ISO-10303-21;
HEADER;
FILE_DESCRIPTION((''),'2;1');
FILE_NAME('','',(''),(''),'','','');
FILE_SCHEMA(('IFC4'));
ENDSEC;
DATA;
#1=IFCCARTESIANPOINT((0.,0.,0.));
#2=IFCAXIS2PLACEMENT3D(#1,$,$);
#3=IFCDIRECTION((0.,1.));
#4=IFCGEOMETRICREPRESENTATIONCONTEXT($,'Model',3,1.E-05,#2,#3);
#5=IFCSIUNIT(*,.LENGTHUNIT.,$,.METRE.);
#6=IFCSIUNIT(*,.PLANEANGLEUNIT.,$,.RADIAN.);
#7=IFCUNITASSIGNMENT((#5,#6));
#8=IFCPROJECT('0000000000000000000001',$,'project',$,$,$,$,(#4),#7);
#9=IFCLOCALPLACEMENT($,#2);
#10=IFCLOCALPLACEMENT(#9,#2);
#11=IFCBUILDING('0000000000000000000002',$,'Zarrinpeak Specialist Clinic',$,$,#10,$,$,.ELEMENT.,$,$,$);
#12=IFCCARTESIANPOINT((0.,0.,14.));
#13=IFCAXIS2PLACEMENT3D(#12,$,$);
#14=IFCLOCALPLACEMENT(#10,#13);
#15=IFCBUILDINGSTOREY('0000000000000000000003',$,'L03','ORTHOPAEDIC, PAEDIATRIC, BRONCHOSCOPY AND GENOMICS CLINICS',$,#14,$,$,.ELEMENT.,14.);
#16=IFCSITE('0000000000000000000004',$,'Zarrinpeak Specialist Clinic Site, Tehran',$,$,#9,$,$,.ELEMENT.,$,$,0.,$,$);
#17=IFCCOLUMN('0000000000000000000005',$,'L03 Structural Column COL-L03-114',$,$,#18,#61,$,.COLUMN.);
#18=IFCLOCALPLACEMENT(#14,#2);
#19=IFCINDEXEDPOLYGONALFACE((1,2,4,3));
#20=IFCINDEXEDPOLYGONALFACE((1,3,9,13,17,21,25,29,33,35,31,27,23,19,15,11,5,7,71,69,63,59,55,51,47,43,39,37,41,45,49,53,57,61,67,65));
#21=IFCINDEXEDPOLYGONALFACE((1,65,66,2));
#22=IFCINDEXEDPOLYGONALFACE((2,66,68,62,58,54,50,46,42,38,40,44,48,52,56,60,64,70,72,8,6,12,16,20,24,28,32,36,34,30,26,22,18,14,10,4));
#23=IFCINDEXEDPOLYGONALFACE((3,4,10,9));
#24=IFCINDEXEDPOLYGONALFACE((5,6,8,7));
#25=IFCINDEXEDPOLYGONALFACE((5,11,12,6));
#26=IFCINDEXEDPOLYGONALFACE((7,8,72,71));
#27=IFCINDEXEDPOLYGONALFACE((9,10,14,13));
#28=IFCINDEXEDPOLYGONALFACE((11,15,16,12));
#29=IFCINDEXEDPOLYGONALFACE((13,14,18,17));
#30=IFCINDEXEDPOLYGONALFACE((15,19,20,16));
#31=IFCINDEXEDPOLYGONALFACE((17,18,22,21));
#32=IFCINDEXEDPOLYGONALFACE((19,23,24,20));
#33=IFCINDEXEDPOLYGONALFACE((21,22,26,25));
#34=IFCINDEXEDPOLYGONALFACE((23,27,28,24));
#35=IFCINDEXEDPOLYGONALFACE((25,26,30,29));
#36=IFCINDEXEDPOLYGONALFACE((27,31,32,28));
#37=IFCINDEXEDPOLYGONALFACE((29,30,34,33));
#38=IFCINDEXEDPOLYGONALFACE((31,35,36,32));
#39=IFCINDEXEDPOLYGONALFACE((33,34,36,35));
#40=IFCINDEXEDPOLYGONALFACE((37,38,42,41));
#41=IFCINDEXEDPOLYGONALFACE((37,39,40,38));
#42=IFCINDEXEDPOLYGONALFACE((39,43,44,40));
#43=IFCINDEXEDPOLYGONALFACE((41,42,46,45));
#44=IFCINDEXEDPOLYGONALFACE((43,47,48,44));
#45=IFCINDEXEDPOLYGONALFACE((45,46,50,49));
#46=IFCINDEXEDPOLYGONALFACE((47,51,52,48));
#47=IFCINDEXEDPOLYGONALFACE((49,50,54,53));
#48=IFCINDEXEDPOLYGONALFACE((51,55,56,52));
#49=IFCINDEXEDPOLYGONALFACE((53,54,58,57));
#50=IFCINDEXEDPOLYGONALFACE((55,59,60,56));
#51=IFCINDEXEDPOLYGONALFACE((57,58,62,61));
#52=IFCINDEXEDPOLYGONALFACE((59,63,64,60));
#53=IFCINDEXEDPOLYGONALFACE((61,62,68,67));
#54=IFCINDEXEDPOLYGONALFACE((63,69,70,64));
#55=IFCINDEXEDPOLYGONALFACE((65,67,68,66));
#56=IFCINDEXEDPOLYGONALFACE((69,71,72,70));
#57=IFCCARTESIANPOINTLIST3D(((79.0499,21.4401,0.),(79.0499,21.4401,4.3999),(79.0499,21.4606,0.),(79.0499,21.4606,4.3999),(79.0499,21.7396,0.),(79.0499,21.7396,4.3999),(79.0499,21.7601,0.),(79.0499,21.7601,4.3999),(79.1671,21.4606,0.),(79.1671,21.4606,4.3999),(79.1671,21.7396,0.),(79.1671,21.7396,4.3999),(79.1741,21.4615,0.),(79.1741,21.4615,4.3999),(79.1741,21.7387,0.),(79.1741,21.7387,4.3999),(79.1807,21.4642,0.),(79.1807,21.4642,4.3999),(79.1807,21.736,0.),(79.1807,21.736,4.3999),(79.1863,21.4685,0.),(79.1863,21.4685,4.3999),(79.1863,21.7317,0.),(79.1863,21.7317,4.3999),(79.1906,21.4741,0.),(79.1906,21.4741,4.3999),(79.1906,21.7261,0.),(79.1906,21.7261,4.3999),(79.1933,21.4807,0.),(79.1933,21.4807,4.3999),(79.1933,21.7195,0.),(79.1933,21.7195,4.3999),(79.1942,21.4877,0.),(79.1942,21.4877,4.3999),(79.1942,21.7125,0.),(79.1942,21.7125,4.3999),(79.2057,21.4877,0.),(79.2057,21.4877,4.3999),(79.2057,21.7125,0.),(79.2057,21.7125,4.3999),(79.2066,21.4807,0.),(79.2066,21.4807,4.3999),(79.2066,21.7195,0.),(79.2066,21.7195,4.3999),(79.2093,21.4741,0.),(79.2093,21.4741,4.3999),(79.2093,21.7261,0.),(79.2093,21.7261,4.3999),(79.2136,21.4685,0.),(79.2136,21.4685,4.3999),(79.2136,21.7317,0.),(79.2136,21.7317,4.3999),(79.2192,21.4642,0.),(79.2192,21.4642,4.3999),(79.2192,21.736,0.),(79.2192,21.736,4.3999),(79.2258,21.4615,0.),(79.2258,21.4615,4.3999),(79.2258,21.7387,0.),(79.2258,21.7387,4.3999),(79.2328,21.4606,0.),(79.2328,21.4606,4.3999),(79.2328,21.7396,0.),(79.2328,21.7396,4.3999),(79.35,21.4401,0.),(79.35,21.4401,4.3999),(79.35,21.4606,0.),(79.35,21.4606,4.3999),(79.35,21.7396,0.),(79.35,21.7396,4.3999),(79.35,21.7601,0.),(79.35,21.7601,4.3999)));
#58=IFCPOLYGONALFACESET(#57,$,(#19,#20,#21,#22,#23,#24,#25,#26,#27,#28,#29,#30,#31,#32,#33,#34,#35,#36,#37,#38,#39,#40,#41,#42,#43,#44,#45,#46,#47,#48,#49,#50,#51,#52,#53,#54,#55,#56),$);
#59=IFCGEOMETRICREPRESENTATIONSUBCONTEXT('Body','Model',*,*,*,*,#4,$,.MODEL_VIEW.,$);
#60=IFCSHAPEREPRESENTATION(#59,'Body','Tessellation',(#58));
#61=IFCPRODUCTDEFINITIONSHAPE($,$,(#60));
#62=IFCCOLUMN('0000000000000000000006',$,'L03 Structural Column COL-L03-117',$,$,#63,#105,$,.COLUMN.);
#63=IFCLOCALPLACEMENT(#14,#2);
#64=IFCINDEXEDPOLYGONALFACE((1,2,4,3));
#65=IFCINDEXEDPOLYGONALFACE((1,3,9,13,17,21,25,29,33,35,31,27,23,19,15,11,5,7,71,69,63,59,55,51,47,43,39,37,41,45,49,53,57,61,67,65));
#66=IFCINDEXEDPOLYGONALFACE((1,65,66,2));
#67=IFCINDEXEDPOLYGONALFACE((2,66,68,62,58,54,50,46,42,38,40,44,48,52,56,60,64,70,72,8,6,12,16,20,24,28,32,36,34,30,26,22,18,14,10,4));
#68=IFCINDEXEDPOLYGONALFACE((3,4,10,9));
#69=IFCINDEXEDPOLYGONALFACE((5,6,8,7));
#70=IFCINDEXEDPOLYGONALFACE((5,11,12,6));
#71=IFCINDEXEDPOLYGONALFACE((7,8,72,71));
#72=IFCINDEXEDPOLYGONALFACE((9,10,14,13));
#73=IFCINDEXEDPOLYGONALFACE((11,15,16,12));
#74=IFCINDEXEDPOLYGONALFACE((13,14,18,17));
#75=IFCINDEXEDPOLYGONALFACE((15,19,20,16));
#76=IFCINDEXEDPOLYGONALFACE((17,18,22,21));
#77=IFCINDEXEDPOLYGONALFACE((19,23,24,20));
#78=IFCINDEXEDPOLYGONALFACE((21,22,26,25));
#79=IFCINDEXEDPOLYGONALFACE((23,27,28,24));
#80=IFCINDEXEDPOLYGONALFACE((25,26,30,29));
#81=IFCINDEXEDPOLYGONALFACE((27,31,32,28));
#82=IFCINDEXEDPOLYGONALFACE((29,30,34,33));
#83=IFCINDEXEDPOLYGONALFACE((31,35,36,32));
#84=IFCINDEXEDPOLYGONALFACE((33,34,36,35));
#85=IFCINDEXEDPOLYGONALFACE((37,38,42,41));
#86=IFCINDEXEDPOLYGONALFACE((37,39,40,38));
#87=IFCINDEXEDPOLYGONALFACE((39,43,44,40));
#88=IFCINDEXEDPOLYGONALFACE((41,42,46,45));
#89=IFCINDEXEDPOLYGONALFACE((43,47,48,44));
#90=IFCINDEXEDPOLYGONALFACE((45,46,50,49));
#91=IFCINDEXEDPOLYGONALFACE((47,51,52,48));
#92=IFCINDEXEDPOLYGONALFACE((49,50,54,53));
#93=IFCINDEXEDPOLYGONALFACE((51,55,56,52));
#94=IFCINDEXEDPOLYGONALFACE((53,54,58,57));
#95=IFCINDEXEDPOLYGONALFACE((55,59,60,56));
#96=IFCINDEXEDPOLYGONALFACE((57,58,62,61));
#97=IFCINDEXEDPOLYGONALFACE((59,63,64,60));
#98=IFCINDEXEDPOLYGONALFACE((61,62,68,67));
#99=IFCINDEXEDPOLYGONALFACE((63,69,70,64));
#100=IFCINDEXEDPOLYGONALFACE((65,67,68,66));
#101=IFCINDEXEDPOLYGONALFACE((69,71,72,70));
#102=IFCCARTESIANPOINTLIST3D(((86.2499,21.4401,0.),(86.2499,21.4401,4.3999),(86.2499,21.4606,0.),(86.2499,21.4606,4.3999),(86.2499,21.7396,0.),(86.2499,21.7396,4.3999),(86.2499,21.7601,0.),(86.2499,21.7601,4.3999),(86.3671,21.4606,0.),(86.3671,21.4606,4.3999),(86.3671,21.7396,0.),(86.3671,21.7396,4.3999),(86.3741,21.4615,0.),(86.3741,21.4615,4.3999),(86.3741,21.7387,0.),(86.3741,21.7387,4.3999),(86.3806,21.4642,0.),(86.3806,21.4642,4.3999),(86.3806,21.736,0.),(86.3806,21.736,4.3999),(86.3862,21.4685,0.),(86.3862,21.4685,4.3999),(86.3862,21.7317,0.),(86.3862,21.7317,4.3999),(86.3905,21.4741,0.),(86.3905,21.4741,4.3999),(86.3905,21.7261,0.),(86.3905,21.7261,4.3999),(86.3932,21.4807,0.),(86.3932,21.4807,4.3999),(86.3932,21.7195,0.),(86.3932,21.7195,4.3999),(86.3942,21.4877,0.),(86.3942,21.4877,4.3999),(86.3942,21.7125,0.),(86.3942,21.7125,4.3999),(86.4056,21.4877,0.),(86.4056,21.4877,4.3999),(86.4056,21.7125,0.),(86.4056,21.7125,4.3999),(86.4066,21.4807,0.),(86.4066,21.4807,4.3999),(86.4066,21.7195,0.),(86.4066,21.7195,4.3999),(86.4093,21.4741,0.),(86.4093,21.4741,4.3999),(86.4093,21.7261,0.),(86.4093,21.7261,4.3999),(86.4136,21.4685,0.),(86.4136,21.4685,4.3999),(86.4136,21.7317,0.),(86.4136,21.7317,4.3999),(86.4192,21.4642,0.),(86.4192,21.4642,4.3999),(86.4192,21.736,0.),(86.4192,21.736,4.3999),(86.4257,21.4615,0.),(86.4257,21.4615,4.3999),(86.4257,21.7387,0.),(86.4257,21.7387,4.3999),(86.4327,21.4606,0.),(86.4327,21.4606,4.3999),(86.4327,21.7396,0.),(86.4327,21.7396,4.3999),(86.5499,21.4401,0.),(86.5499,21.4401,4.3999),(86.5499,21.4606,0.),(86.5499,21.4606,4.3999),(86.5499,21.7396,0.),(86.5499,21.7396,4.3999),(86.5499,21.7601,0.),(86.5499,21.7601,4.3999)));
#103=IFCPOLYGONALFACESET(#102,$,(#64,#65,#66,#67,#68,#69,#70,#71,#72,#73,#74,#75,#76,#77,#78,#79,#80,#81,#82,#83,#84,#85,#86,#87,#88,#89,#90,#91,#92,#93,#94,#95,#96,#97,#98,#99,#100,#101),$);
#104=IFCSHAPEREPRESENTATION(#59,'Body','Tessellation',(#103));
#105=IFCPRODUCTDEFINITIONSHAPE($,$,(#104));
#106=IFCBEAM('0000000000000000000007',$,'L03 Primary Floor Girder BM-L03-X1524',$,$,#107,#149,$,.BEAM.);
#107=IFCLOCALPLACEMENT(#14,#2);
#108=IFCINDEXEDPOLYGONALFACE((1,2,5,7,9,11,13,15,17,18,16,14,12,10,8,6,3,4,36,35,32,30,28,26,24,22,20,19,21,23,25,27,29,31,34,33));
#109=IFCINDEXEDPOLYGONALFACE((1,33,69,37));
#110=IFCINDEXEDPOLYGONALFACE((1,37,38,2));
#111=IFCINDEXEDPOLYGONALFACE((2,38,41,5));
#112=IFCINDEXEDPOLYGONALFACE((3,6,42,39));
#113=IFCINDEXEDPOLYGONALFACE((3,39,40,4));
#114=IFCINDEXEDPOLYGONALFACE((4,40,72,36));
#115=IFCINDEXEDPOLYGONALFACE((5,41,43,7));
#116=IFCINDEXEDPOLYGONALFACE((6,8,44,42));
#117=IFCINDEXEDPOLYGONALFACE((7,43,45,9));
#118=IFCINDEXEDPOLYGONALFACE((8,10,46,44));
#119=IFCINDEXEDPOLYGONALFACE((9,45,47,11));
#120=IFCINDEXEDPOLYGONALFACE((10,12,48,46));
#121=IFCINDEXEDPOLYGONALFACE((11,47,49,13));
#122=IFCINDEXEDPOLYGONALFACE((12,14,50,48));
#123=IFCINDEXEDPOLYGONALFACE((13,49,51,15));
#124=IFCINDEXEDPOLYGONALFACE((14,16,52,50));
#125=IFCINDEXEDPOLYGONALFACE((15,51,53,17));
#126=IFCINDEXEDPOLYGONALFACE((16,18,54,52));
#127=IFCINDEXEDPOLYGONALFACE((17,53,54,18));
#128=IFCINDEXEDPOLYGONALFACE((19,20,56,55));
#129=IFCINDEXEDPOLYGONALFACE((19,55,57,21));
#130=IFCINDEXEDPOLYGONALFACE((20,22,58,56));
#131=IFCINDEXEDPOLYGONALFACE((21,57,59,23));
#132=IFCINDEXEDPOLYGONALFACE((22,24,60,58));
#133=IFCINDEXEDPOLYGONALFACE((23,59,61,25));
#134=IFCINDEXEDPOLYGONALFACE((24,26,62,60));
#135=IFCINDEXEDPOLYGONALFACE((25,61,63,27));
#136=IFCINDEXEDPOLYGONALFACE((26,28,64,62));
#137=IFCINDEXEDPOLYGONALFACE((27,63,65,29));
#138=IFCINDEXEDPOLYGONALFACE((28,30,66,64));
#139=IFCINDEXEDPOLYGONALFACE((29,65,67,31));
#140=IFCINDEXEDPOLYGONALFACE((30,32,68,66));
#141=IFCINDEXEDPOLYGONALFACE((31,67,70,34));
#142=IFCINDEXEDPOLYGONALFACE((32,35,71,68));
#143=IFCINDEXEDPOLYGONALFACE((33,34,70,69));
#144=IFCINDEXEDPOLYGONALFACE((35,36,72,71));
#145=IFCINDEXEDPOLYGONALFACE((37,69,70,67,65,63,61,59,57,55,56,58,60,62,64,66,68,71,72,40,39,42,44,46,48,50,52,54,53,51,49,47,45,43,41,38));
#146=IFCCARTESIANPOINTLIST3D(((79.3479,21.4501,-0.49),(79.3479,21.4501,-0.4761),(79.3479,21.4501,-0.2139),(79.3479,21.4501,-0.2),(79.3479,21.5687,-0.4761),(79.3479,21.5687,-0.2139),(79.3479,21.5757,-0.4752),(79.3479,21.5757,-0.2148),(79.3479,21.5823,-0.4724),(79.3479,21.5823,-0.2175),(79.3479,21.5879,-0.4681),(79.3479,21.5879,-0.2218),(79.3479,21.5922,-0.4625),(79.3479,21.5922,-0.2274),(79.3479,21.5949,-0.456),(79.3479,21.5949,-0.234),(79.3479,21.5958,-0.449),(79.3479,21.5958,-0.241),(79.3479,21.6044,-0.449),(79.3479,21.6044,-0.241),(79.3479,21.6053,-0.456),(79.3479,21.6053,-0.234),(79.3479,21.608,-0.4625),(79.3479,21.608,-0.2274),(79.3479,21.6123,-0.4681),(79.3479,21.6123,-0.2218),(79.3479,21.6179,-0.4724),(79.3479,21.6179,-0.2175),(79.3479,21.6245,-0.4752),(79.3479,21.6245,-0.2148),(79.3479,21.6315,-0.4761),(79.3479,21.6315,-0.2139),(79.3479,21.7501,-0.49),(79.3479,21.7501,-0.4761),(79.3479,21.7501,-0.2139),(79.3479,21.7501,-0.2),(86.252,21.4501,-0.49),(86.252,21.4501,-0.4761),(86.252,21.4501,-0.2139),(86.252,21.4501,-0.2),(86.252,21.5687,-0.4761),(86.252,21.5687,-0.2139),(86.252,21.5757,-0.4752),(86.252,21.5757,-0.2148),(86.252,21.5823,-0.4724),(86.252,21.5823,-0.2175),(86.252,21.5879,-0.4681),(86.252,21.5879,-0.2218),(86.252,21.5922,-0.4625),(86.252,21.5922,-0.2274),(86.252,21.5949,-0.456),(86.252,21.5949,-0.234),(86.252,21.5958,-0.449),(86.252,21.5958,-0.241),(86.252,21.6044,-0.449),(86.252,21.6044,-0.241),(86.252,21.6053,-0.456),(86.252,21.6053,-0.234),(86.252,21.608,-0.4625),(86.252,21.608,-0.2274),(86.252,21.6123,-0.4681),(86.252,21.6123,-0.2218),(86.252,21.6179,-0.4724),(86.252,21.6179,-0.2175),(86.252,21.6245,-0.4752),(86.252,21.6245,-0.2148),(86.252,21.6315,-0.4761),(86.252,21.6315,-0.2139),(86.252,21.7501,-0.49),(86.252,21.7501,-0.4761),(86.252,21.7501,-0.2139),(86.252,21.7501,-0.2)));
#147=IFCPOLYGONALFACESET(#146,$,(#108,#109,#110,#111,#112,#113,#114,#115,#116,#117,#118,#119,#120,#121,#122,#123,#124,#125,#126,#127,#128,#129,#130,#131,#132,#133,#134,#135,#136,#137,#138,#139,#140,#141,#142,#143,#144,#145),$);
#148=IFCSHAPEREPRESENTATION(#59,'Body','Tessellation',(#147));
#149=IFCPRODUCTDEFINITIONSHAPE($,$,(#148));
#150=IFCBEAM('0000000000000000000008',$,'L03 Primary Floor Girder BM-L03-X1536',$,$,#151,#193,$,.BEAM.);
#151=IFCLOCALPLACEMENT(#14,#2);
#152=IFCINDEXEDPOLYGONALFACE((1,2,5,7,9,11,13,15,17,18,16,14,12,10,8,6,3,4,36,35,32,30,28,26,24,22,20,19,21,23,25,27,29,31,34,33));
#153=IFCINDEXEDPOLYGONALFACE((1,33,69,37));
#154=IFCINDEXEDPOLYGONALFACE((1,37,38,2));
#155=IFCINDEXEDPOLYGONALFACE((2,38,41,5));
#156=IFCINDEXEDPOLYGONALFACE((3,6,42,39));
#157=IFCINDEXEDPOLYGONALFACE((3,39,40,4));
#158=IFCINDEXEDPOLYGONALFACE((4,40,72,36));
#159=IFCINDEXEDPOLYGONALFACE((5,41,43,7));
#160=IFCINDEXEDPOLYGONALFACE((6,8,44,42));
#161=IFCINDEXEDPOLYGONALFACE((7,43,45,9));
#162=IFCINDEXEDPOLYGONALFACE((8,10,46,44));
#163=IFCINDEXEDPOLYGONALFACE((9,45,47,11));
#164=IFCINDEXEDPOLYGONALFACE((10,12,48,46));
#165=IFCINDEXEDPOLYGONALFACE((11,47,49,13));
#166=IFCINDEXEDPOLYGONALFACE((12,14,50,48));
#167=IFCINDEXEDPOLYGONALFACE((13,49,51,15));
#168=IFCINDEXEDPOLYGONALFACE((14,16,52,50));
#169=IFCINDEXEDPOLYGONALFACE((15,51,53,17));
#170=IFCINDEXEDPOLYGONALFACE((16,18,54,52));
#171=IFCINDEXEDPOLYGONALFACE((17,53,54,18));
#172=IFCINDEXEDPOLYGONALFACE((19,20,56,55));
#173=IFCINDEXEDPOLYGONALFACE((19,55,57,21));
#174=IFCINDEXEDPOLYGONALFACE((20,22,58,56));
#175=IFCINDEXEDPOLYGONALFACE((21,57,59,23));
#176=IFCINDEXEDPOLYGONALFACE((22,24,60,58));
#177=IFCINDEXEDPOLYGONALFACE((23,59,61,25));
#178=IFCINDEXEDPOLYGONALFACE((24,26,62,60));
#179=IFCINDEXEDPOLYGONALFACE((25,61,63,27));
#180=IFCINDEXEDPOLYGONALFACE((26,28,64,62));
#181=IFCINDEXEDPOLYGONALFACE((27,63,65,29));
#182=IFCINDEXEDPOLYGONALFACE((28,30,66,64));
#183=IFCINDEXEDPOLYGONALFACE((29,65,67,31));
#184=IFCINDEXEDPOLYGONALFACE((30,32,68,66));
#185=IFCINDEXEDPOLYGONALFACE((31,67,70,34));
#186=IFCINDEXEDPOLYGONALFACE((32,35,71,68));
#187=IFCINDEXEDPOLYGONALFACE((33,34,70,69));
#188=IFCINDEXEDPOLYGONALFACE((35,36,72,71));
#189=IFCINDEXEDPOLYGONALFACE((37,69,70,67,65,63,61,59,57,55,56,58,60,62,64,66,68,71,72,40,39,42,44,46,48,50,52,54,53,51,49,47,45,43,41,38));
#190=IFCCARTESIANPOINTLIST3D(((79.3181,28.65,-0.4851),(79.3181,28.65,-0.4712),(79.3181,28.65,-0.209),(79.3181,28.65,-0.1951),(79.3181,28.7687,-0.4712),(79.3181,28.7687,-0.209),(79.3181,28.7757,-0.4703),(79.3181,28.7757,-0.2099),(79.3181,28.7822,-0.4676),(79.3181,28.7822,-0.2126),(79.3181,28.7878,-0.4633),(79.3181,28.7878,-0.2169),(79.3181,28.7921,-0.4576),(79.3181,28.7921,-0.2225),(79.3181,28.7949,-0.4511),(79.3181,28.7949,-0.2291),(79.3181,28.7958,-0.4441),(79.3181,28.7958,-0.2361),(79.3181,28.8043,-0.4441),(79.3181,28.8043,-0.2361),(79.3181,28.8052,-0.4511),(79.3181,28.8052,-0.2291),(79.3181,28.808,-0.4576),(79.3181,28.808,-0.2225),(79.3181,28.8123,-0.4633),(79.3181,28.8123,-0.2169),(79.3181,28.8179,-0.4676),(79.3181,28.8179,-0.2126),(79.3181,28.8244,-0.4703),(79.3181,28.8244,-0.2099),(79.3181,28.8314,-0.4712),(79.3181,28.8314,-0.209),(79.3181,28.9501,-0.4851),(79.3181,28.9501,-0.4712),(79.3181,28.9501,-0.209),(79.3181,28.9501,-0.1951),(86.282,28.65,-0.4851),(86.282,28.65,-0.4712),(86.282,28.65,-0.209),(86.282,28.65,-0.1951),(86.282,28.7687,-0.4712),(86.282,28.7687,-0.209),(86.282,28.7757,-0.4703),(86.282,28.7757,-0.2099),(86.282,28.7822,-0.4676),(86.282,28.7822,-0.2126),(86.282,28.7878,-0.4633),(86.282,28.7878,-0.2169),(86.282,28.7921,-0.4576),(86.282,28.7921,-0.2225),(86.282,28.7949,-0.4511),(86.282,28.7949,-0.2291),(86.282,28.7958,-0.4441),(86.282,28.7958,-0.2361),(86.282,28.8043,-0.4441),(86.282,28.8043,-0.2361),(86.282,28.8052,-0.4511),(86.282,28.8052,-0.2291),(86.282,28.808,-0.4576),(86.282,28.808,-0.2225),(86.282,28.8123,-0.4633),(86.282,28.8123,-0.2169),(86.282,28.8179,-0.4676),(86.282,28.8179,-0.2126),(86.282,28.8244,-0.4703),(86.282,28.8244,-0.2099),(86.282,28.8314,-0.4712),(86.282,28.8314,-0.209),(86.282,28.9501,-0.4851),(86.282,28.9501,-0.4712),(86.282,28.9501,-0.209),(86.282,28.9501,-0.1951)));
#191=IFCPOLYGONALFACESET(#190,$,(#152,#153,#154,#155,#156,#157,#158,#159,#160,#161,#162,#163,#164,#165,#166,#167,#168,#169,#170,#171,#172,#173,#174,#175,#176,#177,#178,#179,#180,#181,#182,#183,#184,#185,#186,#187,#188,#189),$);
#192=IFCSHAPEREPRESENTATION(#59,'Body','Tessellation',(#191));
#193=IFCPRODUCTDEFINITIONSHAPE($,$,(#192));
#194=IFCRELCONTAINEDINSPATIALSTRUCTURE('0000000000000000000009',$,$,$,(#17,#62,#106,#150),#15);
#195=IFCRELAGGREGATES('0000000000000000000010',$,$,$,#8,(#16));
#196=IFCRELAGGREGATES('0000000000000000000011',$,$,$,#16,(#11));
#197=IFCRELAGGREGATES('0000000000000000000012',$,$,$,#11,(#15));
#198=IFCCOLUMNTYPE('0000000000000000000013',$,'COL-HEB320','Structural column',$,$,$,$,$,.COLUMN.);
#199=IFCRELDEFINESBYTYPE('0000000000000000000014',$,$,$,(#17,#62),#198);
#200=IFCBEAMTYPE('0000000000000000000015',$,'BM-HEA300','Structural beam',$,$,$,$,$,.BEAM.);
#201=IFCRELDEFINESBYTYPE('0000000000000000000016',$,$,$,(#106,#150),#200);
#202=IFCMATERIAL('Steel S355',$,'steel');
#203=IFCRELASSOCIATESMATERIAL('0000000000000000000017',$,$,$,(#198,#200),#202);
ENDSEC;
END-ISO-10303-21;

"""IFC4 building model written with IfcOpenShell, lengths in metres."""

from ifc_helpers import new_model, si_unit, direction, frame, origin, origin_2d, place, context, subcontext, project, spatial, i_section, extrude, material, material_profile, profile_set, type_object, element, save


model = new_model("IFC4")

# Units and contexts
model_context = context("Model", 3, precision=1e-05, world=origin(), true_north=direction((0.0, 1.0)))
body_context = subcontext(model_context, "Body", "Model", "MODEL_VIEW")
ifc_project = project(units=[si_unit("LENGTHUNIT", "METRE"), si_unit("PLANEANGLEUNIT", "RADIAN")], contexts=[model_context])

# Site, building, storey
site_placement = place(None, origin())
site = spatial("IfcSite", under=ifc_project, at=site_placement, Name="Zarrinpeak Specialist Clinic Site, Tehran", CompositionType="ELEMENT", RefElevation=0.0)
building_placement = place(site_placement, origin())
building = spatial("IfcBuilding", under=site, at=building_placement, Name="Zarrinpeak Specialist Clinic", CompositionType="ELEMENT")
storey_placement = place(building_placement, frame((0.0, 0.0, 14.0)))
storey = spatial("IfcBuildingStorey", under=building, at=storey_placement, Name="L03", Description="ORTHOPAEDIC, PAEDIATRIC, BRONCHOSCOPY AND GENOMICS CLINICS", CompositionType="ELEMENT", Elevation=14.0)

# Columns
ifc_material_1 = material(Name="Steel S355", Category="steel")
ifc_material_profile_1 = material_profile(ifc_material_1, i_section(OverallWidth=0.3, OverallDepth=0.3201, WebThickness=0.0115, FlangeThickness=0.0205, FilletRadius=0.0271, at=origin_2d()), Name="HEB 320")
ifc_profile_set_1 = profile_set([ifc_material_profile_1], Name="Steel S355")
column_type = type_object("IfcColumnType", Name="COL-HEB320", Description="Structural column", PredefinedType="COLUMN", material=ifc_profile_set_1)
for number, where, z_axis, x_axis, name in (
    (1, (79.2, 21.6001, 0.0), (0.0, 0.0, 1.0), (1.0, 0.0, 0.0), "L03 Structural Column COL-L03-114"),
    (2, (86.3999, 21.6001, 0.0), (0.0, 0.0, 1.0), (1.0, 0.0, 0.0), "L03 Structural Column COL-L03-117"),
):
    element("IfcColumn", number, at=place(storey_placement, frame(where, z_axis=z_axis, x_axis=x_axis)), inside=storey, type_object=column_type, Name=name, PredefinedType="COLUMN", context=body_context, shape_type="SweptSolid", body=[
        extrude(i_section(OverallWidth=0.3, OverallDepth=0.3201, WebThickness=0.0115, FlangeThickness=0.0205, FilletRadius=0.0271, at=origin_2d()), origin(), (0.0, 0.0, 1.0), 4.3999),
    ])

# Beams
ifc_material_profile_2 = material_profile(ifc_material_1, i_section(OverallWidth=0.3, OverallDepth=0.29, WebThickness=0.0085, FlangeThickness=0.0139, FilletRadius=0.0271, at=origin_2d()), Name="HEA 300")
ifc_profile_set_2 = profile_set([ifc_material_profile_2], Name="Steel S355")
beam_type_1 = type_object("IfcBeamType", Name="BM-HEA300", Description="Structural beam", PredefinedType="BEAM", material=ifc_profile_set_2)
beam_1_placement = place(storey_placement, frame((79.3479, 21.6001, -0.345), z_axis=(1.0, 0.0, 0.0), x_axis=(0.0, 1.0, 0.0)))
element("IfcBeam", 3, at=beam_1_placement, inside=storey, type_object=beam_type_1, Name="L03 Primary Floor Girder BM-L03-X1524", PredefinedType="BEAM", context=body_context, shape_type="SweptSolid", body=[
    extrude(i_section(OverallWidth=0.3, OverallDepth=0.29, WebThickness=0.0085, FlangeThickness=0.0139, FilletRadius=0.0271, at=origin_2d()), origin(), (0.0, 0.0, 1.0), 6.9041),
])
beam_2_placement = place(storey_placement, frame((79.3181, 28.8, -0.3401), z_axis=(1.0, 0.0, 0.0), x_axis=(0.0, 1.0, 0.0)))
element("IfcBeam", 4, at=beam_2_placement, inside=storey, type_object=beam_type_1, Name="L03 Primary Floor Girder BM-L03-X1536", PredefinedType="BEAM", context=body_context, shape_type="SweptSolid", body=[
    extrude(i_section(OverallWidth=0.3, OverallDepth=0.29, WebThickness=0.0085, FlangeThickness=0.0139, FilletRadius=0.0271, at=origin_2d()), origin(), (0.0, 0.0, 1.0), 6.9639),
])

save(model, "model.ifc")
